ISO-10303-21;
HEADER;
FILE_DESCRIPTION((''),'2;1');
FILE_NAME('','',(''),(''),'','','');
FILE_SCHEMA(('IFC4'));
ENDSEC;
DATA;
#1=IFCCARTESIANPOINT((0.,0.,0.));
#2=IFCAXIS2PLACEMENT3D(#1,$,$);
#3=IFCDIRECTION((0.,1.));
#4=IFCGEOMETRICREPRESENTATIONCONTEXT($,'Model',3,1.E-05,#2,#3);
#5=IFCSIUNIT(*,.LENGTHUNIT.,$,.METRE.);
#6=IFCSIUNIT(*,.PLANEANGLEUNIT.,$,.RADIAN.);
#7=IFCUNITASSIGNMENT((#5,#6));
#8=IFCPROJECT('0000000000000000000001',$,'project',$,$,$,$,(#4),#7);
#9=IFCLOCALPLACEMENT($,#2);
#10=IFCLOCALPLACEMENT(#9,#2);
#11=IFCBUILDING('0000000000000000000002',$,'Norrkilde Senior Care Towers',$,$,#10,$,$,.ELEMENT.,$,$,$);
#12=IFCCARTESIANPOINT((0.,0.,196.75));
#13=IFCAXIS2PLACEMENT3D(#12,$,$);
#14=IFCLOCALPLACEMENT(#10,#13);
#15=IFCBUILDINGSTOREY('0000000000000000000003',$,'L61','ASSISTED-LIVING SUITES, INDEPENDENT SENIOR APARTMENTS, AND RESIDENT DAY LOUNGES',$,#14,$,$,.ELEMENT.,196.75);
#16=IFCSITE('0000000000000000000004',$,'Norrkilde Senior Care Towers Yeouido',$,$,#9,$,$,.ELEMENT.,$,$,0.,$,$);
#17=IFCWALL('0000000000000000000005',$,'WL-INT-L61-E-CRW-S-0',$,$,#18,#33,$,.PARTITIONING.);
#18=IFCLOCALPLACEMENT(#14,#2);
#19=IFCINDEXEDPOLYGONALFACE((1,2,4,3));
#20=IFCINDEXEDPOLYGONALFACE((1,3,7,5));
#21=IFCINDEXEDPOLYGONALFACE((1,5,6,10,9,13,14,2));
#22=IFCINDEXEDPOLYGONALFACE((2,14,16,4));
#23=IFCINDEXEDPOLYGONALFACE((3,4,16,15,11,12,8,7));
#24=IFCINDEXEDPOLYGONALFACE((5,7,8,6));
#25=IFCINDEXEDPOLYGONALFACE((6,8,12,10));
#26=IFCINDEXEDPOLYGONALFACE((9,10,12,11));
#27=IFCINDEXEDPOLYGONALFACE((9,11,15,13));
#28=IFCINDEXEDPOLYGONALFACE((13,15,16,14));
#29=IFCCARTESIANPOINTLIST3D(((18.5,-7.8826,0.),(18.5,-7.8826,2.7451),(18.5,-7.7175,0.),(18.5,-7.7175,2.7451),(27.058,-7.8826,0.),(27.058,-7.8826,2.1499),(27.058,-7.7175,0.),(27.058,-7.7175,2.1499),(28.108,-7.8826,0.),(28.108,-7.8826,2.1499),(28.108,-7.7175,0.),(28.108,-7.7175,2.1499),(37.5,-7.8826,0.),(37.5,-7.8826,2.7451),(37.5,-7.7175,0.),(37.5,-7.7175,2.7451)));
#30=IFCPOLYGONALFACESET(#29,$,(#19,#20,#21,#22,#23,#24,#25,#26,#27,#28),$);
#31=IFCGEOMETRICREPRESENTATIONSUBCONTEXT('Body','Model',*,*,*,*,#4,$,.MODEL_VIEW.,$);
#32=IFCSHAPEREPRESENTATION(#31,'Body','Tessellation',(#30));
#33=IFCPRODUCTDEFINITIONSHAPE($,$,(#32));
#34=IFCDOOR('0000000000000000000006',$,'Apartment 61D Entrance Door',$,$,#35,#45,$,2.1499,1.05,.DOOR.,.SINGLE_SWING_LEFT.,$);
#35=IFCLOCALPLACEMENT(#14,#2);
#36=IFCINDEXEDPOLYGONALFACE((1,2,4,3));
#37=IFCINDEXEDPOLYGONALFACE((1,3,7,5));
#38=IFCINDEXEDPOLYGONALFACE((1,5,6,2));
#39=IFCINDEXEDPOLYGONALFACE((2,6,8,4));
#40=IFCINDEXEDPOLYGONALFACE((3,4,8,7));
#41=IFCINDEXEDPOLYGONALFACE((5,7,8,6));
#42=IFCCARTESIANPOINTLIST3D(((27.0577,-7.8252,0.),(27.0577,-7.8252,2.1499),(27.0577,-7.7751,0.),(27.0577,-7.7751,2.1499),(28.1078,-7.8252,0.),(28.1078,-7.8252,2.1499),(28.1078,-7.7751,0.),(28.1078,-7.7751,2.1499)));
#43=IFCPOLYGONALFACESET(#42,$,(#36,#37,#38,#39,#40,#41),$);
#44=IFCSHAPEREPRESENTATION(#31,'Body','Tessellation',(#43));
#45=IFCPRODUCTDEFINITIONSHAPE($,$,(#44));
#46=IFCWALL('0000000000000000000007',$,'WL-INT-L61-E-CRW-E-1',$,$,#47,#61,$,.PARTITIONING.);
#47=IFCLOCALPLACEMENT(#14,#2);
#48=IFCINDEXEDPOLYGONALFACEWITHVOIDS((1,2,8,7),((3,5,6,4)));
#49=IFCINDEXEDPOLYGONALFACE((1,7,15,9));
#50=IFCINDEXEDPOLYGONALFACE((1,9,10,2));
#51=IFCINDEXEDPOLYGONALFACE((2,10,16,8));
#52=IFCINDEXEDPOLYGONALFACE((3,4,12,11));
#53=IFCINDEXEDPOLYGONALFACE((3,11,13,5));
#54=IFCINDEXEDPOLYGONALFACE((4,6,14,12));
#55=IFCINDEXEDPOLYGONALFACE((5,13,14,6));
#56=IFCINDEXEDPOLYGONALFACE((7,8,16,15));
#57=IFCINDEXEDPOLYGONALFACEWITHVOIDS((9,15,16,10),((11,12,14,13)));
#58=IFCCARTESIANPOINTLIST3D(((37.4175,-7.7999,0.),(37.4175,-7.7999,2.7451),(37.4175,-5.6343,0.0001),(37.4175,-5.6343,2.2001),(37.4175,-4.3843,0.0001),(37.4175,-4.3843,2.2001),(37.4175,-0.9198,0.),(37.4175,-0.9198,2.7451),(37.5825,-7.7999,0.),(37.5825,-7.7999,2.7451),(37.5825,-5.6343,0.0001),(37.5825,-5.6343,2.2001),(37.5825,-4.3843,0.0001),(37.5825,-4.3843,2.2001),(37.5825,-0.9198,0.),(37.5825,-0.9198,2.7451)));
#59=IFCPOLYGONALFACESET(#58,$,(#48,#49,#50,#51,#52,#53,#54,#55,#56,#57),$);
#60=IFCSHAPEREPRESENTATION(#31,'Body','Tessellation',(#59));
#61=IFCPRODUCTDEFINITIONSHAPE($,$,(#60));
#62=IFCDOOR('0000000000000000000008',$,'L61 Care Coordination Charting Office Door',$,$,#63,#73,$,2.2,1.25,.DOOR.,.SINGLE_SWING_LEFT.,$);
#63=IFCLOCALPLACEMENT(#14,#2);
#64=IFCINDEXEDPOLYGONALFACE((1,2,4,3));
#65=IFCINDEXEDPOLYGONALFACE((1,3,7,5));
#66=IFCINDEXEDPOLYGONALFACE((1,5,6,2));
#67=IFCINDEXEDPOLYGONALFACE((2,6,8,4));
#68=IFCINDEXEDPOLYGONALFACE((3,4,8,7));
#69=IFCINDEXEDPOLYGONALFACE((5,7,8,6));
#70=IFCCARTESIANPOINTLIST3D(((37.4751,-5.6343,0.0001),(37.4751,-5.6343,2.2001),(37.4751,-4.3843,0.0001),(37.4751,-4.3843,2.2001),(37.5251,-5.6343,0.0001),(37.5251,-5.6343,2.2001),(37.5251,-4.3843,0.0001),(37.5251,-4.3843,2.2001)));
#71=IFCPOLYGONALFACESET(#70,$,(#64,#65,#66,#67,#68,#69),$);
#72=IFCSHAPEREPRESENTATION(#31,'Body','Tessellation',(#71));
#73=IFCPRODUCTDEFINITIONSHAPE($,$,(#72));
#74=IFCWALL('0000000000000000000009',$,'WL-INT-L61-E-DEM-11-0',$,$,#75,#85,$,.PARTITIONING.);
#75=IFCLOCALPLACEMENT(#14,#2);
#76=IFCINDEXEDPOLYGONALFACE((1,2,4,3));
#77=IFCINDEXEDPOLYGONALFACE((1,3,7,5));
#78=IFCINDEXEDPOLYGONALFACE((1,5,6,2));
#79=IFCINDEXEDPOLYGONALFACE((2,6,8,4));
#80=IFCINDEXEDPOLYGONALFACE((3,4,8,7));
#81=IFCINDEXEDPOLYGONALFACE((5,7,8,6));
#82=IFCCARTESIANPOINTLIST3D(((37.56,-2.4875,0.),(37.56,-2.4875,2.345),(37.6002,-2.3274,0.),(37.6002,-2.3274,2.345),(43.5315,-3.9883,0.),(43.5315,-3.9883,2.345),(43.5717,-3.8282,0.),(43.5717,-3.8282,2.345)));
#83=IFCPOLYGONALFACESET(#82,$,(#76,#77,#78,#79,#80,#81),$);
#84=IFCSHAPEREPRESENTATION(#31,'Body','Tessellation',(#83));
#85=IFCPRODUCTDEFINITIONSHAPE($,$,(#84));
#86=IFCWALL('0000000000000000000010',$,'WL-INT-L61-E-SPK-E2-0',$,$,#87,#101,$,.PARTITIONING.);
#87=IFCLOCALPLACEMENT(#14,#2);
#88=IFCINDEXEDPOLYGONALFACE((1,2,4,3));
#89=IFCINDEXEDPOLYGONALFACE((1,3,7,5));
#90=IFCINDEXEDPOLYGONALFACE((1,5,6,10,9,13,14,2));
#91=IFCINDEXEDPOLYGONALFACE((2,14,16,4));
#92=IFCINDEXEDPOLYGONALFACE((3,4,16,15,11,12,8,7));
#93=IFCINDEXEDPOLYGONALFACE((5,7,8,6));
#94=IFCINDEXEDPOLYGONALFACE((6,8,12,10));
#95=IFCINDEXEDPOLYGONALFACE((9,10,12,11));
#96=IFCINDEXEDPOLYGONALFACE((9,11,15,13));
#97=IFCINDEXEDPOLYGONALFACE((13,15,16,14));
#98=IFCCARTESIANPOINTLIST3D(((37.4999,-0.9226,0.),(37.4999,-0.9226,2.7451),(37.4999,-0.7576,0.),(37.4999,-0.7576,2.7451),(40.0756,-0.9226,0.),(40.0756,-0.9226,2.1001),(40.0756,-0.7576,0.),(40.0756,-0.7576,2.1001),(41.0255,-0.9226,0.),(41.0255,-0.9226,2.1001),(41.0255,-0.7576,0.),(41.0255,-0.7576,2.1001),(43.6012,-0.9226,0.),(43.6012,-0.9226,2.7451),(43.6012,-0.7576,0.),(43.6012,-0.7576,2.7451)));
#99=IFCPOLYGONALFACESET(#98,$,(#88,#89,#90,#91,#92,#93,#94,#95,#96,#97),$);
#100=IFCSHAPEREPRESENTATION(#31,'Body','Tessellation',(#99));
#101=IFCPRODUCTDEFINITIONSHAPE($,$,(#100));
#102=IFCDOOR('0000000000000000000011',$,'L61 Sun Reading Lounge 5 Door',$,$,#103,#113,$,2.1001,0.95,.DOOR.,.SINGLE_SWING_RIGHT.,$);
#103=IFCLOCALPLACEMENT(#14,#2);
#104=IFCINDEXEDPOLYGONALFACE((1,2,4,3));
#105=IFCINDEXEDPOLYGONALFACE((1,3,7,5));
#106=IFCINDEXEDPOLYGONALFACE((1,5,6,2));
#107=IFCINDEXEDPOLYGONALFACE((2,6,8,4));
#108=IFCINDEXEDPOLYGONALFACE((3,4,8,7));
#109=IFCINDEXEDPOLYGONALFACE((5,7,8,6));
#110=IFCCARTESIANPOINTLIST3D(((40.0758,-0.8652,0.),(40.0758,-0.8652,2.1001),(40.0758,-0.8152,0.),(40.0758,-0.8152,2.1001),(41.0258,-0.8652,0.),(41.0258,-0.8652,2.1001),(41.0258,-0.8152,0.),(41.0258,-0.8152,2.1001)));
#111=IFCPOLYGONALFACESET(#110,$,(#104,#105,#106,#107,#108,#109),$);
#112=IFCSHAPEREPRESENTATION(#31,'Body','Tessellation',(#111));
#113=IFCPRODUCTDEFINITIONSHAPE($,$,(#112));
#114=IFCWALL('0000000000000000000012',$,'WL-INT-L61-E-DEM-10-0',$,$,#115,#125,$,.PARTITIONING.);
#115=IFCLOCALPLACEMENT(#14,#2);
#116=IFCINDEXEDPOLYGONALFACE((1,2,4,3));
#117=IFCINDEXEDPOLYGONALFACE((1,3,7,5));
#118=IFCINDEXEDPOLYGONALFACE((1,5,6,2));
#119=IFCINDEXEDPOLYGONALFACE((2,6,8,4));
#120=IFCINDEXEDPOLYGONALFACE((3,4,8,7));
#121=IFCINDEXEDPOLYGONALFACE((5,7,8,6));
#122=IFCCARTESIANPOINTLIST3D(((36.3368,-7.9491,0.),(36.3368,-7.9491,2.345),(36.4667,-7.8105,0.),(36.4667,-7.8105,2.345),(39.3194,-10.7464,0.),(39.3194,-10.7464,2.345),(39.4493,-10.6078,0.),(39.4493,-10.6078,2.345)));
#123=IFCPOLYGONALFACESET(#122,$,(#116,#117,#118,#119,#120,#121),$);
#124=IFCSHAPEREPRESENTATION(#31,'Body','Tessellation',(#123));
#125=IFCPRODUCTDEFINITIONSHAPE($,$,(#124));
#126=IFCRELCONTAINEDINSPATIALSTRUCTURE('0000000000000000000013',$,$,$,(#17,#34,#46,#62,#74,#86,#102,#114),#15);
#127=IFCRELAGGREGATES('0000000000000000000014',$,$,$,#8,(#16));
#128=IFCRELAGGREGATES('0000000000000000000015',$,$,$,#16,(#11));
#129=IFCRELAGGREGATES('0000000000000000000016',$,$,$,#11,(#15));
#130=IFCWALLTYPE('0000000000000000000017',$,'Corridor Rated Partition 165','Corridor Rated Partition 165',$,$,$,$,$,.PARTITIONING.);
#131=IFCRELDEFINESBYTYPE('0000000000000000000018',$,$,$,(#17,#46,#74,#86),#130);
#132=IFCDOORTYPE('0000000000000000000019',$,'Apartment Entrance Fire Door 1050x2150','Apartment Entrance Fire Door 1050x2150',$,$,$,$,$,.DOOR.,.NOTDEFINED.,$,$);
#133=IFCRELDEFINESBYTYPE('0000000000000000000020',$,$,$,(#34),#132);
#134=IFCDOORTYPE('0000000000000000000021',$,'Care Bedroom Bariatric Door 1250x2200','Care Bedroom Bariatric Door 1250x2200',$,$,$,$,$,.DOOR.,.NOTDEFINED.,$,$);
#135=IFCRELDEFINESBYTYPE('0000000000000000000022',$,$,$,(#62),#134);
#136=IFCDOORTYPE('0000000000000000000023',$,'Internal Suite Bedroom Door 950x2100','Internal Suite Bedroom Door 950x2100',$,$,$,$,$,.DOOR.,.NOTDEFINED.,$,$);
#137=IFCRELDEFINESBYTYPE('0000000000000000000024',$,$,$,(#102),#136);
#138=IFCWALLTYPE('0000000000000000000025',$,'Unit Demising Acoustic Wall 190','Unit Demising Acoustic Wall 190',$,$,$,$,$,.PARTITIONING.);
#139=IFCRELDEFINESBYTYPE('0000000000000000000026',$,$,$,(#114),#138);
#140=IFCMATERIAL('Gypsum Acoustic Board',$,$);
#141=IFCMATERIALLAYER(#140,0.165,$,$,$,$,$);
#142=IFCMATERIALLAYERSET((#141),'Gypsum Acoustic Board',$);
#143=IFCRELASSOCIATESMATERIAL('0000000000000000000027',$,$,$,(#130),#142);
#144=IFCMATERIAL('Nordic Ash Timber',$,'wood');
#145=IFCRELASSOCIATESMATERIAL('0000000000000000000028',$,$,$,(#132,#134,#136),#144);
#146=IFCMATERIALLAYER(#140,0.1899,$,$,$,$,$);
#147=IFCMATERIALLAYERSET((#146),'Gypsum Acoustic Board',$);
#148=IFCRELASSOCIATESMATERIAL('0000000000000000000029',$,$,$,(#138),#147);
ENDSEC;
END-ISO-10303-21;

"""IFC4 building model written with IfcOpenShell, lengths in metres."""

from ifc_helpers import new_model, si_unit, direction, frame, frame_2d, origin, place, context, subcontext, project, spatial, rectangle, extrude, source, transform, mapped, material, layer, layer_set, type_object, type_shapes, element, fill, save


model = new_model("IFC4")

# Units and contexts
model_context = context("Model", 3, precision=1e-05, world=origin(), true_north=direction((0.0, 1.0)))
body_context = subcontext(model_context, "Body", "Model", "MODEL_VIEW")
ifc_project = project(units=[si_unit("LENGTHUNIT", "METRE"), si_unit("PLANEANGLEUNIT", "RADIAN")], contexts=[model_context])

# Site, building, storey
site_placement = place(None, origin())
site = spatial("IfcSite", under=ifc_project, at=site_placement, Name="Norrkilde Senior Care Towers Yeouido", CompositionType="ELEMENT", RefElevation=0.0)
building_placement = place(site_placement, origin())
building = spatial("IfcBuilding", under=site, at=building_placement, Name="Norrkilde Senior Care Towers", CompositionType="ELEMENT")
storey_placement = place(building_placement, frame((0.0, 0.0, 196.75)))
storey = spatial("IfcBuildingStorey", under=building, at=storey_placement, Name="L61", Description="ASSISTED-LIVING SUITES, INDEPENDENT SENIOR APARTMENTS, AND RESIDENT DAY LOUNGES", CompositionType="ELEMENT", Elevation=196.75)

# Walls, openings, doors
ifc_material_1 = material(Name="Gypsum Acoustic Board")
ifc_layer_1 = layer(ifc_material_1, 0.165)
ifc_layer_set_1 = layer_set([ifc_layer_1], Name="Gypsum Acoustic Board")
wall_type_1 = type_object("IfcWallType", Name="Corridor Rated Partition 165", Description="Corridor Rated Partition 165", PredefinedType="PARTITIONING", material=ifc_layer_set_1)
shared_shape_1 = source(origin(), body_context, "Body", "SweptSolid", [
    extrude(rectangle(XDim=19.0, YDim=0.165, at=frame_2d((9.5, 0.0))), origin(), (0.0, 0.0, 1.0), 2.7451),
])
wall_1_placement = place(storey_placement, frame((37.5, -7.8, 0.0), z_axis=(0.0, 0.0, 1.0), x_axis=(-1.0, 0.0, 0.0)))
wall_1 = element("IfcWall", 1, at=wall_1_placement, inside=storey, type_object=wall_type_1, Name="WL-INT-L61-E-CRW-S-0", PredefinedType="PARTITIONING", context=body_context, shape_type="MappedRepresentation", body=[
    mapped(shared_shape_1, transform((0.0, 0.0, 0.0), x_axis=(1.0, 0.0, 0.0), y_axis=(0.0, 1.0, 0.0), z_axis=(0.0, 0.0, 1.0), scale=1.0)),
])
opening_1_placement = place(wall_1_placement, frame((9.3921, 0.0, 0.0)))
opening_1 = element("IfcOpeningElement", 2, at=opening_1_placement, cuts=wall_1, PredefinedType="OPENING", context=body_context, shape_type="SweptSolid", body=[
    extrude(rectangle(XDim=1.05, YDim=2.1499, at=frame_2d((0.5249, 1.075))), frame((0.0, 0.0925, 0.0), z_axis=(0.0, -1.0, 0.0), x_axis=(1.0, 0.0, 0.0)), (0.0, 0.0, 1.0), 0.1851),
])
ifc_material_2 = material(Name="Nordic Ash Timber", Category="wood")
door_type_1 = type_object("IfcDoorType", Name="Apartment Entrance Fire Door 1050x2150", Description="Apartment Entrance Fire Door 1050x2150", OperationType="NOTDEFINED", PredefinedType="DOOR", material=ifc_material_2)
shared_shape_2 = source(origin(), body_context, "Body", "SweptSolid", [
    extrude(rectangle(XDim=1.05, YDim=2.1499, at=frame_2d((0.5249, 1.075))), frame((0.0, 0.0249, 0.0), z_axis=(0.0, -1.0, 0.0), x_axis=(1.0, 0.0, 0.0)), (0.0, 0.0, 1.0), 0.05),
])
type_shapes(door_type_1, [shared_shape_2])
door_1_placement = place(opening_1_placement, frame((1.05, 0.0, 0.0), z_axis=(0.0, 0.0, 1.0), x_axis=(-1.0, 0.0, 0.0)))
door_1 = element("IfcDoor", 3, at=door_1_placement, inside=storey, type_object=door_type_1, Name="Apartment 61D Entrance Door", OperationType="SINGLE_SWING_LEFT", OverallHeight=2.1499, OverallWidth=1.05, PredefinedType="DOOR", context=body_context, shape_type="MappedRepresentation", body=[
    mapped(shared_shape_2, transform((0.0, 0.0, 0.0), x_axis=(1.0, 0.0, 0.0), y_axis=(0.0, 1.0, 0.0), z_axis=(0.0, 0.0, 1.0), scale=1.0)),
])
fill(opening_1, door_1)
shared_shape_3 = source(origin(), body_context, "Body", "SweptSolid", [
    extrude(rectangle(XDim=6.8801, YDim=0.165, at=frame_2d((3.4399, 0.0))), origin(), (0.0, 0.0, 1.0), 2.7451),
])
wall_2_placement = place(storey_placement, frame((37.5, -0.9199, 0.0), z_axis=(0.0, 0.0, 1.0), x_axis=(0.0, -1.0, 0.0)))
wall_2 = element("IfcWall", 4, at=wall_2_placement, inside=storey, type_object=wall_type_1, Name="WL-INT-L61-E-CRW-E-1", PredefinedType="PARTITIONING", context=body_context, shape_type="MappedRepresentation", body=[
    mapped(shared_shape_3, transform((0.0, 0.0, 0.0), x_axis=(1.0, 0.0, 0.0), y_axis=(0.0, 1.0, 0.0), z_axis=(0.0, 0.0, 1.0), scale=1.0)),
])
opening_2_placement = place(wall_2_placement, frame((3.4644, 0.0, 0.0)))
opening_2 = element("IfcOpeningElement", 5, at=opening_2_placement, cuts=wall_2, PredefinedType="OPENING", context=body_context, shape_type="SweptSolid", body=[
    extrude(rectangle(XDim=1.25, YDim=2.2, at=frame_2d((0.625, 1.1001))), frame((0.0, 0.0925, 0.0), z_axis=(0.0, -1.0, 0.0), x_axis=(1.0, 0.0, 0.0)), (0.0, 0.0, 1.0), 0.1851),
])
door_type_2 = type_object("IfcDoorType", Name="Care Bedroom Bariatric Door 1250x2200", Description="Care Bedroom Bariatric Door 1250x2200", OperationType="NOTDEFINED", PredefinedType="DOOR", material=ifc_material_2)
shared_shape_4 = source(origin(), body_context, "Body", "SweptSolid", [
    extrude(rectangle(XDim=1.25, YDim=2.2, at=frame_2d((0.625, 1.1001))), frame((0.0, 0.0249, 0.0), z_axis=(0.0, -1.0, 0.0), x_axis=(1.0, 0.0, 0.0)), (0.0, 0.0, 1.0), 0.05),
])
type_shapes(door_type_2, [shared_shape_4])
door_2_placement = place(opening_2_placement, frame((1.25, 0.0, 0.0), z_axis=(0.0, 0.0, 1.0), x_axis=(-1.0, 0.0, 0.0)))
door_2 = element("IfcDoor", 6, at=door_2_placement, inside=storey, type_object=door_type_2, Name="L61 Care Coordination Charting Office Door", OperationType="SINGLE_SWING_LEFT", OverallHeight=2.2, OverallWidth=1.25, PredefinedType="DOOR", context=body_context, shape_type="MappedRepresentation", body=[
    mapped(shared_shape_4, transform((0.0, 0.0, 0.0), x_axis=(1.0, 0.0, 0.0), y_axis=(0.0, 1.0, 0.0), z_axis=(0.0, 0.0, 1.0), scale=1.0)),
])
fill(opening_2, door_2)

# Wall
shared_shape_5 = source(origin(), body_context, "Body", "SweptSolid", [
    extrude(rectangle(XDim=6.1572, YDim=0.165, at=frame_2d((3.0786, 0.0))), origin(), (0.0, 0.0, 1.0), 2.345),
])
wall_3_placement = place(storey_placement, frame((37.5801, -2.4075, 0.0), z_axis=(0.0, 0.0, 1.0), x_axis=(0.969841, -0.243739, 0.0)))
element("IfcWall", 7, at=wall_3_placement, inside=storey, type_object=wall_type_1, Name="WL-INT-L61-E-DEM-11-0", PredefinedType="PARTITIONING", context=body_context, shape_type="MappedRepresentation", body=[
    mapped(shared_shape_5, transform((0.0, 0.0, 0.0), x_axis=(1.0, 0.0, 0.0), y_axis=(0.0, 1.0, 0.0), z_axis=(0.0, 0.0, 1.0), scale=1.0)),
])

# Wall, opening, door
shared_shape_6 = source(origin(), body_context, "Body", "SweptSolid", [
    extrude(rectangle(XDim=6.1013, YDim=0.165, at=frame_2d((3.0508, 0.0))), origin(), (0.0, 0.0, 1.0), 2.7451),
])
wall_4_placement = place(storey_placement, frame((43.6013, -0.8401, 0.0), z_axis=(0.0, 0.0, 1.0), x_axis=(-1.0, 0.0, 0.0)))
wall_4 = element("IfcWall", 8, at=wall_4_placement, inside=storey, type_object=wall_type_1, Name="WL-INT-L61-E-SPK-E2-0", PredefinedType="PARTITIONING", context=body_context, shape_type="MappedRepresentation", body=[
    mapped(shared_shape_6, transform((0.0, 0.0, 0.0), x_axis=(1.0, 0.0, 0.0), y_axis=(0.0, 1.0, 0.0), z_axis=(0.0, 0.0, 1.0), scale=1.0)),
])
opening_3_placement = place(wall_4_placement, frame((2.5757, 0.0, 0.0)))
opening_3 = element("IfcOpeningElement", 9, at=opening_3_placement, cuts=wall_4, PredefinedType="OPENING", context=body_context, shape_type="SweptSolid", body=[
    extrude(rectangle(XDim=0.95, YDim=2.1001, at=frame_2d((0.4751, 1.05))), frame((0.0, 0.0925, 0.0), z_axis=(0.0, -1.0, 0.0), x_axis=(1.0, 0.0, 0.0)), (0.0, 0.0, 1.0), 0.1851),
])
door_type_3 = type_object("IfcDoorType", Name="Internal Suite Bedroom Door 950x2100", Description="Internal Suite Bedroom Door 950x2100", OperationType="NOTDEFINED", PredefinedType="DOOR", material=ifc_material_2)
shared_shape_7 = source(origin(), body_context, "Body", "SweptSolid", [
    extrude(rectangle(XDim=0.95, YDim=2.1001, at=frame_2d((0.4751, 1.05))), frame((0.0, 0.0249, 0.0), z_axis=(0.0, -1.0, 0.0), x_axis=(1.0, 0.0, 0.0)), (0.0, 0.0, 1.0), 0.05),
])
type_shapes(door_type_3, [shared_shape_7])
door_3_placement = place(opening_3_placement, frame((0.95, 0.0, 0.0), z_axis=(0.0, 0.0, 1.0), x_axis=(-1.0, 0.0, 0.0)))
door_3 = element("IfcDoor", 10, at=door_3_placement, inside=storey, type_object=door_type_3, Name="L61 Sun Reading Lounge 5 Door", OperationType="SINGLE_SWING_RIGHT", OverallHeight=2.1001, OverallWidth=0.95, PredefinedType="DOOR", context=body_context, shape_type="MappedRepresentation", body=[
    mapped(shared_shape_7, transform((0.0, 0.0, 0.0), x_axis=(1.0, 0.0, 0.0), y_axis=(0.0, 1.0, 0.0), z_axis=(0.0, 0.0, 1.0), scale=1.0)),
])
fill(opening_3, door_3)

# Wall
ifc_layer_2 = layer(ifc_material_1, 0.1899)
ifc_layer_set_2 = layer_set([ifc_layer_2], Name="Gypsum Acoustic Board")
wall_type_2 = type_object("IfcWallType", Name="Unit Demising Acoustic Wall 190", Description="Unit Demising Acoustic Wall 190", PredefinedType="PARTITIONING", material=ifc_layer_set_2)
shared_shape_8 = source(origin(), body_context, "Body", "SweptSolid", [
    extrude(rectangle(XDim=4.0891, YDim=0.1899, at=frame_2d((2.0444, 0.0))), origin(), (0.0, 0.0, 1.0), 2.345),
])
type_shapes(wall_type_2, [shared_shape_8])
wall_5_placement = place(storey_placement, frame((36.4019, -7.8799, 0.0), z_axis=(0.0, 0.0, 1.0), x_axis=(0.729401, -0.684086, 0.0)))
element("IfcWall", 11, at=wall_5_placement, inside=storey, type_object=wall_type_2, Name="WL-INT-L61-E-DEM-10-0", PredefinedType="PARTITIONING", context=body_context, shape_type="MappedRepresentation", body=[
    mapped(shared_shape_8, transform((0.0, 0.0, 0.0), x_axis=(1.0, 0.0, 0.0), y_axis=(0.0, 1.0, 0.0), z_axis=(0.0, 0.0, 1.0), scale=1.0)),
])

save(model, "model.ifc")
